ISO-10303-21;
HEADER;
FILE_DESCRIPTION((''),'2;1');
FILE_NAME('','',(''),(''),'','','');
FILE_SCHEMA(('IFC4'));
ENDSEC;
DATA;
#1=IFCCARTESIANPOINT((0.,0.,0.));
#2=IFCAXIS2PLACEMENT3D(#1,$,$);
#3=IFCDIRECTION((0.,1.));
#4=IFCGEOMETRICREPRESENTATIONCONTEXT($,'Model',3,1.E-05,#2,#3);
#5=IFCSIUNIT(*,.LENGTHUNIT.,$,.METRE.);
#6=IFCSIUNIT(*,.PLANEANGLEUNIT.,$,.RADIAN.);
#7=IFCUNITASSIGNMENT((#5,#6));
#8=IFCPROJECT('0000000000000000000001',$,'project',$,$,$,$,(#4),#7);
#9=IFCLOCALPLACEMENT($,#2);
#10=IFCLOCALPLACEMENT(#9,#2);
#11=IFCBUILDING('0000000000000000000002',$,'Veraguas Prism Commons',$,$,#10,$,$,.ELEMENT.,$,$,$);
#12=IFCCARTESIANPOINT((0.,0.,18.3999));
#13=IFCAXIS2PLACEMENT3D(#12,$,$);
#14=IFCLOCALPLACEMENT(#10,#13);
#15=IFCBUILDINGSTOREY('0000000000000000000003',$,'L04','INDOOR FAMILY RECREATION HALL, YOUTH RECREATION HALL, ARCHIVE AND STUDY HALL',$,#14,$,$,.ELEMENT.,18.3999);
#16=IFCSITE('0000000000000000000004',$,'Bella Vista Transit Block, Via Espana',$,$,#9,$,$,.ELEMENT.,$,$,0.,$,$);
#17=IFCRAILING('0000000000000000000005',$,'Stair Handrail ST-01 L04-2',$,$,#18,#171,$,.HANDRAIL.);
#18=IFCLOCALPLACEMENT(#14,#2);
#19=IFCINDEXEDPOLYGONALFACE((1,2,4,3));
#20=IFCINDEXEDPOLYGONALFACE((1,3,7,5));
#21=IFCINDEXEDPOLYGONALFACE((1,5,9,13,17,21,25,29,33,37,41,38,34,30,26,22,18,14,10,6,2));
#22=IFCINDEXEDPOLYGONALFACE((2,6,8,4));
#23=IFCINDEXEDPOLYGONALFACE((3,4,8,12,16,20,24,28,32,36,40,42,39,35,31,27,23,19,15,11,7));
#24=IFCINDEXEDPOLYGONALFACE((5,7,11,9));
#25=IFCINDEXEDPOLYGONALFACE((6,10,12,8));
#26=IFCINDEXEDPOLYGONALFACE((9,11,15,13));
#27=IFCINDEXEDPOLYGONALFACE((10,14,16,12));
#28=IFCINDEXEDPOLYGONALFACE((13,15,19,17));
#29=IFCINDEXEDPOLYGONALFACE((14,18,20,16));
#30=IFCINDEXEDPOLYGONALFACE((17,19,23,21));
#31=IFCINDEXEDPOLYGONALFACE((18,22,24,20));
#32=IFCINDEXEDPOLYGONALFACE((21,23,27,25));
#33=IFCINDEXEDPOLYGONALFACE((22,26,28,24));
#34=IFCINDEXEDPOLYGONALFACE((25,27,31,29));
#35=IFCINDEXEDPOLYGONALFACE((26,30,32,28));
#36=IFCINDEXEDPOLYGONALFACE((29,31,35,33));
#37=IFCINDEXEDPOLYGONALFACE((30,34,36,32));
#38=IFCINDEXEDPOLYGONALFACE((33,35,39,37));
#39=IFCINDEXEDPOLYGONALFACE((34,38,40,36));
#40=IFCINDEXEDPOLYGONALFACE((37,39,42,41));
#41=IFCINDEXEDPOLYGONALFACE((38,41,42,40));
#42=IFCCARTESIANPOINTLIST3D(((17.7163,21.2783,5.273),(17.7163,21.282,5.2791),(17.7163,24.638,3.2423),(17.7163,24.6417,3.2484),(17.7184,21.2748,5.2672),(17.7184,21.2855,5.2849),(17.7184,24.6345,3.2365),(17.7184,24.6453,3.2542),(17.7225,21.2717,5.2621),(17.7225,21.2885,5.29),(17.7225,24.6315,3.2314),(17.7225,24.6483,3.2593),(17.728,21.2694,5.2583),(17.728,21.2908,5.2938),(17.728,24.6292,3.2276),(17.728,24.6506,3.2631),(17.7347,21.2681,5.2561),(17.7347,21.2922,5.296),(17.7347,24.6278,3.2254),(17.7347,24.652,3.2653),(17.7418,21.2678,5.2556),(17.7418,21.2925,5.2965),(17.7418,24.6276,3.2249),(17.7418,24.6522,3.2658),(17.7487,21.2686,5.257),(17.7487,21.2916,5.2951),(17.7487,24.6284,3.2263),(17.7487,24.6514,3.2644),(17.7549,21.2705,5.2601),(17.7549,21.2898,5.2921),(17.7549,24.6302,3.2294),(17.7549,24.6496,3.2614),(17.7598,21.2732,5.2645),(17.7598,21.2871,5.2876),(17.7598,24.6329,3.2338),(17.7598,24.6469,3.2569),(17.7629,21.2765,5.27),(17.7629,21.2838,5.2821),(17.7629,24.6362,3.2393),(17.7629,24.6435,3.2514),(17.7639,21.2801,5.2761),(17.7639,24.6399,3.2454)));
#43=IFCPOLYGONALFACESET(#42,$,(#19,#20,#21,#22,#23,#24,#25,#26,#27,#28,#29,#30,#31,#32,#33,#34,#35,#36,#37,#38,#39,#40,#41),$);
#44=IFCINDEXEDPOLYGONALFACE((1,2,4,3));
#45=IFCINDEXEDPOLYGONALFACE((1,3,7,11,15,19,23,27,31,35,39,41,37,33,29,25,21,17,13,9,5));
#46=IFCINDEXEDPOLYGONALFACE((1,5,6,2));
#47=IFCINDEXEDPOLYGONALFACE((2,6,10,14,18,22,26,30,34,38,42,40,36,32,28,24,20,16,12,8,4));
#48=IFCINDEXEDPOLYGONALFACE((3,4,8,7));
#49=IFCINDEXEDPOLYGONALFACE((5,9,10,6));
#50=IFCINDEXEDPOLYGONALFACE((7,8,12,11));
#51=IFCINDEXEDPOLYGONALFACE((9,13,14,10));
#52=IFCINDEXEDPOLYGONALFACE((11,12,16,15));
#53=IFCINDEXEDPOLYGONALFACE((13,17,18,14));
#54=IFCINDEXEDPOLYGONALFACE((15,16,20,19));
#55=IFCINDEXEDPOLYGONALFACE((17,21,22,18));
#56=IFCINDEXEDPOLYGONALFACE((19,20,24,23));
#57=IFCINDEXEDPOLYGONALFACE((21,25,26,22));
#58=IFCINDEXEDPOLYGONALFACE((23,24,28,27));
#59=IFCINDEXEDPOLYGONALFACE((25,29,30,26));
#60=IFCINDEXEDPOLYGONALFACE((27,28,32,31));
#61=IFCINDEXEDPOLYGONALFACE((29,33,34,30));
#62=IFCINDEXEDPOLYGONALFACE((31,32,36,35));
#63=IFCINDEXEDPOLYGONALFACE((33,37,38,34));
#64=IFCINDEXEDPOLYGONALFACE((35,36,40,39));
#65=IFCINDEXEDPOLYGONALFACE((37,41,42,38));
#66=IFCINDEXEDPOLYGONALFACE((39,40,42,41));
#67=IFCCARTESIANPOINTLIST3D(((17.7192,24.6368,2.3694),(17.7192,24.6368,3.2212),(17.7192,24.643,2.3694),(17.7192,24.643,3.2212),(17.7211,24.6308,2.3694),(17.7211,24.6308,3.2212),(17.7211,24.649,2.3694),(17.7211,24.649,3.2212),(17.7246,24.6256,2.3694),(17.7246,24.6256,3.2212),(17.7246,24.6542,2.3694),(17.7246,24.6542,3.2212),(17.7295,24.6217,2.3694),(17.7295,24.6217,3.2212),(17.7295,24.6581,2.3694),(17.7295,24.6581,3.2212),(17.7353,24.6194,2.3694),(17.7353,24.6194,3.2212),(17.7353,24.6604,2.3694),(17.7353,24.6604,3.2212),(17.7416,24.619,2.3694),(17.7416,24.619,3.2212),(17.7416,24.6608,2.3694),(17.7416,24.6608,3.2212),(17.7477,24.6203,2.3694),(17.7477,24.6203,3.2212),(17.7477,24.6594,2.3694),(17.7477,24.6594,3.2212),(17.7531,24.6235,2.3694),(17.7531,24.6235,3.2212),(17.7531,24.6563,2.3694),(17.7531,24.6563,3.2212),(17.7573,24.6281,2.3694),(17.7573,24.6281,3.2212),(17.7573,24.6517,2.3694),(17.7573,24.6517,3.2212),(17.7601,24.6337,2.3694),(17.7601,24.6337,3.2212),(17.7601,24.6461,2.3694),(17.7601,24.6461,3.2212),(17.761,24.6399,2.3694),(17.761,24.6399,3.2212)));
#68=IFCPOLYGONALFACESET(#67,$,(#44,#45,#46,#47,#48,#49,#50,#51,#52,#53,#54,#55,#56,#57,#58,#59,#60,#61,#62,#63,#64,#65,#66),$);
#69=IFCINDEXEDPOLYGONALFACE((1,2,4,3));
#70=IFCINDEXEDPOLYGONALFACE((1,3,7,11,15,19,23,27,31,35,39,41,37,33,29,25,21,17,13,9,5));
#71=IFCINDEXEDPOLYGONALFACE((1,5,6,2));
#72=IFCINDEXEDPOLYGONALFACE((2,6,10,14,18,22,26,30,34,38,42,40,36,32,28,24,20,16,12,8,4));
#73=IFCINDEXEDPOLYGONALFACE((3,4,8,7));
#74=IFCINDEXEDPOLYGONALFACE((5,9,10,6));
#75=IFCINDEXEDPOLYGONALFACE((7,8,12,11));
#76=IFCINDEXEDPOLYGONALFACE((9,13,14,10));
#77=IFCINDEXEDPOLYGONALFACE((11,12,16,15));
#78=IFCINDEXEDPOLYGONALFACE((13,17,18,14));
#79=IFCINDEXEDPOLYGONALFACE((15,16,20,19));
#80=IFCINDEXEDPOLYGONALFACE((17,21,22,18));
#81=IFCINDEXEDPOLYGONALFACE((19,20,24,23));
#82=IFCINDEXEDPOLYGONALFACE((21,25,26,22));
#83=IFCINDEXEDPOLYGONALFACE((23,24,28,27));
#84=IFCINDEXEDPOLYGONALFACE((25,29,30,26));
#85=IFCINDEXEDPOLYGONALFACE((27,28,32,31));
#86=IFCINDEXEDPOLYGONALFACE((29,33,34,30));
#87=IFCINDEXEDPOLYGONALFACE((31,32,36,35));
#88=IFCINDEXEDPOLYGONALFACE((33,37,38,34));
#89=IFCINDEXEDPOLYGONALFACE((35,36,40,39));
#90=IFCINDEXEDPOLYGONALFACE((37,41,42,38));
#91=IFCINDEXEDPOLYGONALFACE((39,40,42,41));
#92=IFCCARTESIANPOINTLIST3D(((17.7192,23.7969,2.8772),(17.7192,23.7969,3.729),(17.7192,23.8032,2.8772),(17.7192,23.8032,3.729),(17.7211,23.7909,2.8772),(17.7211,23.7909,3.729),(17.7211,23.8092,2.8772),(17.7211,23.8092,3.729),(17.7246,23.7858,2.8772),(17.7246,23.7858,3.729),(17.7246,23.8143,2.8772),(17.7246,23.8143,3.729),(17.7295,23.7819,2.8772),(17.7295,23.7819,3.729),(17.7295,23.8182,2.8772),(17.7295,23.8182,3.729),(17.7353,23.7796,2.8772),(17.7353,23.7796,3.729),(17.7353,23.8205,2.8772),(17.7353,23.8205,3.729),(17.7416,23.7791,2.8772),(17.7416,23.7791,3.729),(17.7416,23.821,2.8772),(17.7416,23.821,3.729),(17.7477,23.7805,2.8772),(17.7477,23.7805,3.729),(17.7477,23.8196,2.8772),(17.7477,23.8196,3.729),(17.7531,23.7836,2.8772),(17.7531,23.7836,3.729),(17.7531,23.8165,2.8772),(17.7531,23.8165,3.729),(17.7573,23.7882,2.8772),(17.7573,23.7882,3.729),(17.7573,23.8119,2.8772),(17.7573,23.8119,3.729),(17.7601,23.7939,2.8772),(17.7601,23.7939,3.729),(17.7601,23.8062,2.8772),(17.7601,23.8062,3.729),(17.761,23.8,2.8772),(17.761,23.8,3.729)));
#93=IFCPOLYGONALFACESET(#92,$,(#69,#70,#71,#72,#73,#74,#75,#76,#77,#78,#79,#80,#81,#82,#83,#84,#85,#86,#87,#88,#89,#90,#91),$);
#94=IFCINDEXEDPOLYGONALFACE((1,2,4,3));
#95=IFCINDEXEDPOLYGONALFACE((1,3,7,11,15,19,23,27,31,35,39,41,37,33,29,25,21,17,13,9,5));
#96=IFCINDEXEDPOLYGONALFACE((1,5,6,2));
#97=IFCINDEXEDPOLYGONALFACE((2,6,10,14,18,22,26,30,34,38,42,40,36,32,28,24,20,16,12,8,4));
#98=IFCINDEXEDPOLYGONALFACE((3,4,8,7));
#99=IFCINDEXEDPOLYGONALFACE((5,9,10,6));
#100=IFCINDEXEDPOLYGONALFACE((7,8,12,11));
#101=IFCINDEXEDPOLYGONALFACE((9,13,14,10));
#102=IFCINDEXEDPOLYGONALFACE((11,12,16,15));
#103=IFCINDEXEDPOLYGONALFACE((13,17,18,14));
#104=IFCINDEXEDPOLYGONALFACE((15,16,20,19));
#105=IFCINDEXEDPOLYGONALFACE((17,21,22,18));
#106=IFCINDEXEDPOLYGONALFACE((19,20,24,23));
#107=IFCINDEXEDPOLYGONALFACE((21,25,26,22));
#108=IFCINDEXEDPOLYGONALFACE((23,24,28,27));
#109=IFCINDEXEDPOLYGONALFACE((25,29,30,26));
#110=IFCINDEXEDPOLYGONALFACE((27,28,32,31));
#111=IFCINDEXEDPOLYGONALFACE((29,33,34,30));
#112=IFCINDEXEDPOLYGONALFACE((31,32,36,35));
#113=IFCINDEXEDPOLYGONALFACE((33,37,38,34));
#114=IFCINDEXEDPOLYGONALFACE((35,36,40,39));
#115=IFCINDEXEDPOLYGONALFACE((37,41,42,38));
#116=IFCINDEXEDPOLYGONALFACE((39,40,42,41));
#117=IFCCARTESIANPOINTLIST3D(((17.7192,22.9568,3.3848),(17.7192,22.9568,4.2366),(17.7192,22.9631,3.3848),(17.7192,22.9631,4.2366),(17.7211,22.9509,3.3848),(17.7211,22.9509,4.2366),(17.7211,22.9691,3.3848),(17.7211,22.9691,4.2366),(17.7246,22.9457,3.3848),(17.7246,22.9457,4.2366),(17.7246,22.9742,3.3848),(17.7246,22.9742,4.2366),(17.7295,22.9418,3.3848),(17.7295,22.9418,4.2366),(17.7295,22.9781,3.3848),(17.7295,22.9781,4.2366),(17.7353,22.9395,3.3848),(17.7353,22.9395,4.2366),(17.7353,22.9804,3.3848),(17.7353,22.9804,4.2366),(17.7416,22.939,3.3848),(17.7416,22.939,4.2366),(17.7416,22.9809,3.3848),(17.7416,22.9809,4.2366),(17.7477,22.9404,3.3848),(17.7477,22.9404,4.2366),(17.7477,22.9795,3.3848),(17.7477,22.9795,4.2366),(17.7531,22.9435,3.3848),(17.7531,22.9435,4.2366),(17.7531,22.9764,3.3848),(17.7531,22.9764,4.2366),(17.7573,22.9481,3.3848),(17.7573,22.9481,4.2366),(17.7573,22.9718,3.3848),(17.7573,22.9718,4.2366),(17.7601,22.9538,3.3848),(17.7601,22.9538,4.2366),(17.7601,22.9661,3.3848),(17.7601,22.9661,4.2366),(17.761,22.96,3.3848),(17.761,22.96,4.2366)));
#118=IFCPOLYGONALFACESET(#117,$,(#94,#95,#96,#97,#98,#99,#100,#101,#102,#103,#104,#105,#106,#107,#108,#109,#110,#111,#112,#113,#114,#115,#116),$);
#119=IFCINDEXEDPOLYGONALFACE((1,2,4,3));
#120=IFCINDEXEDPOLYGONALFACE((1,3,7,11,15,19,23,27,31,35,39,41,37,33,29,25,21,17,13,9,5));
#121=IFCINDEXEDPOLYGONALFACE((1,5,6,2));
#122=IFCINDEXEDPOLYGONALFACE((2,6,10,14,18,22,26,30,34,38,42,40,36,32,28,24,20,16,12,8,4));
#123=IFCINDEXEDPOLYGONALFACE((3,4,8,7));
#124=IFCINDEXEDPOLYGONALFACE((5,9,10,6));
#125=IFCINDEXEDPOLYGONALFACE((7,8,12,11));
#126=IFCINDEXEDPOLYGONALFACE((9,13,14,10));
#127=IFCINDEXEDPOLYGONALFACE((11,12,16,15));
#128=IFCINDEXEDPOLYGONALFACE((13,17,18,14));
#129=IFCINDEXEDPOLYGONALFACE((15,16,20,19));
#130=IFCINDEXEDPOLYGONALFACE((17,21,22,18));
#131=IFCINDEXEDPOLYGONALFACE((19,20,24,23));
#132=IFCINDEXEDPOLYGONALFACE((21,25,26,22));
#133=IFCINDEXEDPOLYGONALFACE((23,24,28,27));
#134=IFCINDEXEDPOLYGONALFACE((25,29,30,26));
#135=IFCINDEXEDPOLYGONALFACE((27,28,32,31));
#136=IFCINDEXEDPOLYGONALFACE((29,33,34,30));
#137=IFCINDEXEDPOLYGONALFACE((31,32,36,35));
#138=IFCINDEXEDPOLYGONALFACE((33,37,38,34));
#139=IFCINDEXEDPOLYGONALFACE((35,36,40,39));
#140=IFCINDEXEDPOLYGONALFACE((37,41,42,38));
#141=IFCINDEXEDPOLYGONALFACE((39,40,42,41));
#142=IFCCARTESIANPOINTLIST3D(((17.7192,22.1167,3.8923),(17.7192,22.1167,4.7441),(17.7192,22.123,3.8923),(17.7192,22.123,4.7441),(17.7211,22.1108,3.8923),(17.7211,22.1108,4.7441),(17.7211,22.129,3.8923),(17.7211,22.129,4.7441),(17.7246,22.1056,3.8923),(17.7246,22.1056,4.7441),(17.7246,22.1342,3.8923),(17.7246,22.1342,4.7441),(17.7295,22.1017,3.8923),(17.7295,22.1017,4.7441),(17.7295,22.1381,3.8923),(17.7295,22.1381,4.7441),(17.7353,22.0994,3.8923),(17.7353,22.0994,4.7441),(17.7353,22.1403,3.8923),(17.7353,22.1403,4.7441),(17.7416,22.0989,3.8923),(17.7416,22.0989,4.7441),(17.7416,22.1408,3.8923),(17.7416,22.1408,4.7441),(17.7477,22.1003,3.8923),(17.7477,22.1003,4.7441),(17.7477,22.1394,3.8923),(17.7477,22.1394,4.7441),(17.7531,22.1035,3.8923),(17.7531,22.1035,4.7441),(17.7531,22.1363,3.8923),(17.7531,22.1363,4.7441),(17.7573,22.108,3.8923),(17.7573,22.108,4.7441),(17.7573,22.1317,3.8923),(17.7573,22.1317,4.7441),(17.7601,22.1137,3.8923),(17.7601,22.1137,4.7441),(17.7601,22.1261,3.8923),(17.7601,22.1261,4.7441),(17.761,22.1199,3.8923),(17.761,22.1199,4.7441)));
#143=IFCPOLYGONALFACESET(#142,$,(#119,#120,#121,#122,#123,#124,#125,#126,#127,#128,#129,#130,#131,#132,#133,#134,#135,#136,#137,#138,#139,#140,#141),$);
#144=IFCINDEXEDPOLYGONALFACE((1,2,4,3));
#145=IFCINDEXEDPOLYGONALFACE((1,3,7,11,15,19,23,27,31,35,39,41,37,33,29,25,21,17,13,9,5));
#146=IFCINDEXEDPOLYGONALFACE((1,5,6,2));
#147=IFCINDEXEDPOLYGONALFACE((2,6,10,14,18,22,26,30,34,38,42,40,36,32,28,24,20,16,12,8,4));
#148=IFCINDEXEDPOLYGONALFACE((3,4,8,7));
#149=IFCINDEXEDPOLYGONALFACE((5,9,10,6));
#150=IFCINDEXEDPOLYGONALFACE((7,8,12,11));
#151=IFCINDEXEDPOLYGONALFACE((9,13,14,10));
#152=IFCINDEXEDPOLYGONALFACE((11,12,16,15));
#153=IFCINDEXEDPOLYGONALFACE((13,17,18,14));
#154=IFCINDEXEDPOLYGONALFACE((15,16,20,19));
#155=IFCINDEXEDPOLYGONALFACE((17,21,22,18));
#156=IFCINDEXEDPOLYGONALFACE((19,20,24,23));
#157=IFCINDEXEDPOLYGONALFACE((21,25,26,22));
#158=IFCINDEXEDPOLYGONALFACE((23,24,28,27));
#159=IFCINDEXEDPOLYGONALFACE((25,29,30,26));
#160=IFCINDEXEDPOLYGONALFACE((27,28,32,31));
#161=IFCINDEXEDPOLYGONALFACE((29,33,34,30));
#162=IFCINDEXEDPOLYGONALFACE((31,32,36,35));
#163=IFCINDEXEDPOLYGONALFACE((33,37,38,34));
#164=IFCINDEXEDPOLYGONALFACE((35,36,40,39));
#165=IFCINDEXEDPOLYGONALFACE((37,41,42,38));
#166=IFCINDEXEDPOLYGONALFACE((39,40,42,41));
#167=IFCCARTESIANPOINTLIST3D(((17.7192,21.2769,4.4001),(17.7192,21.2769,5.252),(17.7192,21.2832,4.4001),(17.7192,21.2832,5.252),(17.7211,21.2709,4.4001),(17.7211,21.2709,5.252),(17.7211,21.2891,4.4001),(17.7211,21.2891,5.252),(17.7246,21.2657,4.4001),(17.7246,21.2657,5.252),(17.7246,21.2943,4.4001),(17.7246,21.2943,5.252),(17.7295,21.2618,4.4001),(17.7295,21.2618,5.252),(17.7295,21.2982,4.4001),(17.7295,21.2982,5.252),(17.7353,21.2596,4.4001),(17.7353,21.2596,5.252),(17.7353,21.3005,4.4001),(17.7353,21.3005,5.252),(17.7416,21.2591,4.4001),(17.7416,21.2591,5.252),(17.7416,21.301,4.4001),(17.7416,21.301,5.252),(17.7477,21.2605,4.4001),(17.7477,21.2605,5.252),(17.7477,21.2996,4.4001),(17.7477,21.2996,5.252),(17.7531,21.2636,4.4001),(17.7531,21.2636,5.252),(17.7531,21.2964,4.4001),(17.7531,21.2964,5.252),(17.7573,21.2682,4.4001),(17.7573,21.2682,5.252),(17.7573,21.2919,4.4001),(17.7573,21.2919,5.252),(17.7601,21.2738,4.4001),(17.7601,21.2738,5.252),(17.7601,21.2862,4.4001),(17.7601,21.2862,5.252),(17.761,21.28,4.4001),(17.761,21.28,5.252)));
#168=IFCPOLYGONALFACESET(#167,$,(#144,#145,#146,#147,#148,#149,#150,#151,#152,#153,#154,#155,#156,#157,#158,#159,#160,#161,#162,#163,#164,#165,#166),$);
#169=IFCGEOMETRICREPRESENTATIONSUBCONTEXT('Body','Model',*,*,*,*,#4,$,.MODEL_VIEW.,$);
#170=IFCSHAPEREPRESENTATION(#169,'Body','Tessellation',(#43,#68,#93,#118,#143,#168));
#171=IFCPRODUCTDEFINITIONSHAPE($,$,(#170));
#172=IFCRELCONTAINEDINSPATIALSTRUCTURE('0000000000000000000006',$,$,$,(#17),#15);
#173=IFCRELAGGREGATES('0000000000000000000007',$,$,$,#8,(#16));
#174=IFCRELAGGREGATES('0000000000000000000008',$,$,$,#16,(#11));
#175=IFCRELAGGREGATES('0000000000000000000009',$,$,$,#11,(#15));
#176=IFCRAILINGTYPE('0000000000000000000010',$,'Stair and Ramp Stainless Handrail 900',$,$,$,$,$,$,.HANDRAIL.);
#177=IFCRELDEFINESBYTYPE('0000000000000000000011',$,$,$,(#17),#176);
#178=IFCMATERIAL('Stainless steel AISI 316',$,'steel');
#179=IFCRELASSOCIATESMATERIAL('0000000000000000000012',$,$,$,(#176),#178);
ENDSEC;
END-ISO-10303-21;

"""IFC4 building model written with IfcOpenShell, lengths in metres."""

from ifc_helpers import new_model, si_unit, direction, frame, origin, origin_2d, place, context, subcontext, project, spatial, circle, extrude, material, type_object, element, save


model = new_model("IFC4")

# Units and contexts
model_context = context("Model", 3, precision=1e-05, world=origin(), true_north=direction((0.0, 1.0)))
body_context = subcontext(model_context, "Body", "Model", "MODEL_VIEW")
ifc_project = project(units=[si_unit("LENGTHUNIT", "METRE"), si_unit("PLANEANGLEUNIT", "RADIAN")], contexts=[model_context])

# Site, building, storey
site_placement = place(None, origin())
site = spatial("IfcSite", under=ifc_project, at=site_placement, Name="Bella Vista Transit Block, Via Espana", CompositionType="ELEMENT", RefElevation=0.0)
building_placement = place(site_placement, origin())
building = spatial("IfcBuilding", under=site, at=building_placement, Name="Veraguas Prism Commons", CompositionType="ELEMENT")
storey_placement = place(building_placement, frame((0.0, 0.0, 18.3999)))
storey = spatial("IfcBuildingStorey", under=building, at=storey_placement, Name="L04", Description="INDOOR FAMILY RECREATION HALL, YOUTH RECREATION HALL, ARCHIVE AND STUDY HALL", CompositionType="ELEMENT", Elevation=18.3999)

# Railing
ifc_material_1 = material(Name="Stainless steel AISI 316", Category="steel")
railing_type = type_object("IfcRailingType", Name="Stair and Ramp Stainless Handrail 900", PredefinedType="HANDRAIL", material=ifc_material_1)
railing_placement = place(storey_placement, frame((17.74, 24.6399, 2.3694)))
element("IfcRailing", 1, at=railing_placement, inside=storey, type_object=railing_type, Name="Stair Handrail ST-01 L04-2", PredefinedType="HANDRAIL", context=body_context, shape_type="SweptSolid", body=[
    extrude(circle(Radius=0.0239, at=origin_2d()), frame((0.0, 0.0, 0.876), z_axis=(0.0, -0.85582, 0.517273), x_axis=(1.0, 0.0, 0.0)), (0.0, 0.0, 1.0), 3.9258),
    extrude(circle(Radius=0.021, at=origin_2d()), origin(), (0.0, 0.0, 1.0), 0.8518),
    extrude(circle(Radius=0.021, at=origin_2d()), frame((0.0, -0.8398, 0.5078)), (0.0, 0.0, 1.0), 0.8518),
    extrude(circle(Radius=0.021, at=origin_2d()), frame((0.0, -1.6799, 1.0154)), (0.0, 0.0, 1.0), 0.8518),
    extrude(circle(Radius=0.021, at=origin_2d()), frame((0.0, -2.52, 1.5229)), (0.0, 0.0, 1.0), 0.8518),
    extrude(circle(Radius=0.021, at=origin_2d()), frame((0.0, -3.3599, 2.0308)), (0.0, 0.0, 1.0), 0.8518),
])

save(model, "model.ifc")
